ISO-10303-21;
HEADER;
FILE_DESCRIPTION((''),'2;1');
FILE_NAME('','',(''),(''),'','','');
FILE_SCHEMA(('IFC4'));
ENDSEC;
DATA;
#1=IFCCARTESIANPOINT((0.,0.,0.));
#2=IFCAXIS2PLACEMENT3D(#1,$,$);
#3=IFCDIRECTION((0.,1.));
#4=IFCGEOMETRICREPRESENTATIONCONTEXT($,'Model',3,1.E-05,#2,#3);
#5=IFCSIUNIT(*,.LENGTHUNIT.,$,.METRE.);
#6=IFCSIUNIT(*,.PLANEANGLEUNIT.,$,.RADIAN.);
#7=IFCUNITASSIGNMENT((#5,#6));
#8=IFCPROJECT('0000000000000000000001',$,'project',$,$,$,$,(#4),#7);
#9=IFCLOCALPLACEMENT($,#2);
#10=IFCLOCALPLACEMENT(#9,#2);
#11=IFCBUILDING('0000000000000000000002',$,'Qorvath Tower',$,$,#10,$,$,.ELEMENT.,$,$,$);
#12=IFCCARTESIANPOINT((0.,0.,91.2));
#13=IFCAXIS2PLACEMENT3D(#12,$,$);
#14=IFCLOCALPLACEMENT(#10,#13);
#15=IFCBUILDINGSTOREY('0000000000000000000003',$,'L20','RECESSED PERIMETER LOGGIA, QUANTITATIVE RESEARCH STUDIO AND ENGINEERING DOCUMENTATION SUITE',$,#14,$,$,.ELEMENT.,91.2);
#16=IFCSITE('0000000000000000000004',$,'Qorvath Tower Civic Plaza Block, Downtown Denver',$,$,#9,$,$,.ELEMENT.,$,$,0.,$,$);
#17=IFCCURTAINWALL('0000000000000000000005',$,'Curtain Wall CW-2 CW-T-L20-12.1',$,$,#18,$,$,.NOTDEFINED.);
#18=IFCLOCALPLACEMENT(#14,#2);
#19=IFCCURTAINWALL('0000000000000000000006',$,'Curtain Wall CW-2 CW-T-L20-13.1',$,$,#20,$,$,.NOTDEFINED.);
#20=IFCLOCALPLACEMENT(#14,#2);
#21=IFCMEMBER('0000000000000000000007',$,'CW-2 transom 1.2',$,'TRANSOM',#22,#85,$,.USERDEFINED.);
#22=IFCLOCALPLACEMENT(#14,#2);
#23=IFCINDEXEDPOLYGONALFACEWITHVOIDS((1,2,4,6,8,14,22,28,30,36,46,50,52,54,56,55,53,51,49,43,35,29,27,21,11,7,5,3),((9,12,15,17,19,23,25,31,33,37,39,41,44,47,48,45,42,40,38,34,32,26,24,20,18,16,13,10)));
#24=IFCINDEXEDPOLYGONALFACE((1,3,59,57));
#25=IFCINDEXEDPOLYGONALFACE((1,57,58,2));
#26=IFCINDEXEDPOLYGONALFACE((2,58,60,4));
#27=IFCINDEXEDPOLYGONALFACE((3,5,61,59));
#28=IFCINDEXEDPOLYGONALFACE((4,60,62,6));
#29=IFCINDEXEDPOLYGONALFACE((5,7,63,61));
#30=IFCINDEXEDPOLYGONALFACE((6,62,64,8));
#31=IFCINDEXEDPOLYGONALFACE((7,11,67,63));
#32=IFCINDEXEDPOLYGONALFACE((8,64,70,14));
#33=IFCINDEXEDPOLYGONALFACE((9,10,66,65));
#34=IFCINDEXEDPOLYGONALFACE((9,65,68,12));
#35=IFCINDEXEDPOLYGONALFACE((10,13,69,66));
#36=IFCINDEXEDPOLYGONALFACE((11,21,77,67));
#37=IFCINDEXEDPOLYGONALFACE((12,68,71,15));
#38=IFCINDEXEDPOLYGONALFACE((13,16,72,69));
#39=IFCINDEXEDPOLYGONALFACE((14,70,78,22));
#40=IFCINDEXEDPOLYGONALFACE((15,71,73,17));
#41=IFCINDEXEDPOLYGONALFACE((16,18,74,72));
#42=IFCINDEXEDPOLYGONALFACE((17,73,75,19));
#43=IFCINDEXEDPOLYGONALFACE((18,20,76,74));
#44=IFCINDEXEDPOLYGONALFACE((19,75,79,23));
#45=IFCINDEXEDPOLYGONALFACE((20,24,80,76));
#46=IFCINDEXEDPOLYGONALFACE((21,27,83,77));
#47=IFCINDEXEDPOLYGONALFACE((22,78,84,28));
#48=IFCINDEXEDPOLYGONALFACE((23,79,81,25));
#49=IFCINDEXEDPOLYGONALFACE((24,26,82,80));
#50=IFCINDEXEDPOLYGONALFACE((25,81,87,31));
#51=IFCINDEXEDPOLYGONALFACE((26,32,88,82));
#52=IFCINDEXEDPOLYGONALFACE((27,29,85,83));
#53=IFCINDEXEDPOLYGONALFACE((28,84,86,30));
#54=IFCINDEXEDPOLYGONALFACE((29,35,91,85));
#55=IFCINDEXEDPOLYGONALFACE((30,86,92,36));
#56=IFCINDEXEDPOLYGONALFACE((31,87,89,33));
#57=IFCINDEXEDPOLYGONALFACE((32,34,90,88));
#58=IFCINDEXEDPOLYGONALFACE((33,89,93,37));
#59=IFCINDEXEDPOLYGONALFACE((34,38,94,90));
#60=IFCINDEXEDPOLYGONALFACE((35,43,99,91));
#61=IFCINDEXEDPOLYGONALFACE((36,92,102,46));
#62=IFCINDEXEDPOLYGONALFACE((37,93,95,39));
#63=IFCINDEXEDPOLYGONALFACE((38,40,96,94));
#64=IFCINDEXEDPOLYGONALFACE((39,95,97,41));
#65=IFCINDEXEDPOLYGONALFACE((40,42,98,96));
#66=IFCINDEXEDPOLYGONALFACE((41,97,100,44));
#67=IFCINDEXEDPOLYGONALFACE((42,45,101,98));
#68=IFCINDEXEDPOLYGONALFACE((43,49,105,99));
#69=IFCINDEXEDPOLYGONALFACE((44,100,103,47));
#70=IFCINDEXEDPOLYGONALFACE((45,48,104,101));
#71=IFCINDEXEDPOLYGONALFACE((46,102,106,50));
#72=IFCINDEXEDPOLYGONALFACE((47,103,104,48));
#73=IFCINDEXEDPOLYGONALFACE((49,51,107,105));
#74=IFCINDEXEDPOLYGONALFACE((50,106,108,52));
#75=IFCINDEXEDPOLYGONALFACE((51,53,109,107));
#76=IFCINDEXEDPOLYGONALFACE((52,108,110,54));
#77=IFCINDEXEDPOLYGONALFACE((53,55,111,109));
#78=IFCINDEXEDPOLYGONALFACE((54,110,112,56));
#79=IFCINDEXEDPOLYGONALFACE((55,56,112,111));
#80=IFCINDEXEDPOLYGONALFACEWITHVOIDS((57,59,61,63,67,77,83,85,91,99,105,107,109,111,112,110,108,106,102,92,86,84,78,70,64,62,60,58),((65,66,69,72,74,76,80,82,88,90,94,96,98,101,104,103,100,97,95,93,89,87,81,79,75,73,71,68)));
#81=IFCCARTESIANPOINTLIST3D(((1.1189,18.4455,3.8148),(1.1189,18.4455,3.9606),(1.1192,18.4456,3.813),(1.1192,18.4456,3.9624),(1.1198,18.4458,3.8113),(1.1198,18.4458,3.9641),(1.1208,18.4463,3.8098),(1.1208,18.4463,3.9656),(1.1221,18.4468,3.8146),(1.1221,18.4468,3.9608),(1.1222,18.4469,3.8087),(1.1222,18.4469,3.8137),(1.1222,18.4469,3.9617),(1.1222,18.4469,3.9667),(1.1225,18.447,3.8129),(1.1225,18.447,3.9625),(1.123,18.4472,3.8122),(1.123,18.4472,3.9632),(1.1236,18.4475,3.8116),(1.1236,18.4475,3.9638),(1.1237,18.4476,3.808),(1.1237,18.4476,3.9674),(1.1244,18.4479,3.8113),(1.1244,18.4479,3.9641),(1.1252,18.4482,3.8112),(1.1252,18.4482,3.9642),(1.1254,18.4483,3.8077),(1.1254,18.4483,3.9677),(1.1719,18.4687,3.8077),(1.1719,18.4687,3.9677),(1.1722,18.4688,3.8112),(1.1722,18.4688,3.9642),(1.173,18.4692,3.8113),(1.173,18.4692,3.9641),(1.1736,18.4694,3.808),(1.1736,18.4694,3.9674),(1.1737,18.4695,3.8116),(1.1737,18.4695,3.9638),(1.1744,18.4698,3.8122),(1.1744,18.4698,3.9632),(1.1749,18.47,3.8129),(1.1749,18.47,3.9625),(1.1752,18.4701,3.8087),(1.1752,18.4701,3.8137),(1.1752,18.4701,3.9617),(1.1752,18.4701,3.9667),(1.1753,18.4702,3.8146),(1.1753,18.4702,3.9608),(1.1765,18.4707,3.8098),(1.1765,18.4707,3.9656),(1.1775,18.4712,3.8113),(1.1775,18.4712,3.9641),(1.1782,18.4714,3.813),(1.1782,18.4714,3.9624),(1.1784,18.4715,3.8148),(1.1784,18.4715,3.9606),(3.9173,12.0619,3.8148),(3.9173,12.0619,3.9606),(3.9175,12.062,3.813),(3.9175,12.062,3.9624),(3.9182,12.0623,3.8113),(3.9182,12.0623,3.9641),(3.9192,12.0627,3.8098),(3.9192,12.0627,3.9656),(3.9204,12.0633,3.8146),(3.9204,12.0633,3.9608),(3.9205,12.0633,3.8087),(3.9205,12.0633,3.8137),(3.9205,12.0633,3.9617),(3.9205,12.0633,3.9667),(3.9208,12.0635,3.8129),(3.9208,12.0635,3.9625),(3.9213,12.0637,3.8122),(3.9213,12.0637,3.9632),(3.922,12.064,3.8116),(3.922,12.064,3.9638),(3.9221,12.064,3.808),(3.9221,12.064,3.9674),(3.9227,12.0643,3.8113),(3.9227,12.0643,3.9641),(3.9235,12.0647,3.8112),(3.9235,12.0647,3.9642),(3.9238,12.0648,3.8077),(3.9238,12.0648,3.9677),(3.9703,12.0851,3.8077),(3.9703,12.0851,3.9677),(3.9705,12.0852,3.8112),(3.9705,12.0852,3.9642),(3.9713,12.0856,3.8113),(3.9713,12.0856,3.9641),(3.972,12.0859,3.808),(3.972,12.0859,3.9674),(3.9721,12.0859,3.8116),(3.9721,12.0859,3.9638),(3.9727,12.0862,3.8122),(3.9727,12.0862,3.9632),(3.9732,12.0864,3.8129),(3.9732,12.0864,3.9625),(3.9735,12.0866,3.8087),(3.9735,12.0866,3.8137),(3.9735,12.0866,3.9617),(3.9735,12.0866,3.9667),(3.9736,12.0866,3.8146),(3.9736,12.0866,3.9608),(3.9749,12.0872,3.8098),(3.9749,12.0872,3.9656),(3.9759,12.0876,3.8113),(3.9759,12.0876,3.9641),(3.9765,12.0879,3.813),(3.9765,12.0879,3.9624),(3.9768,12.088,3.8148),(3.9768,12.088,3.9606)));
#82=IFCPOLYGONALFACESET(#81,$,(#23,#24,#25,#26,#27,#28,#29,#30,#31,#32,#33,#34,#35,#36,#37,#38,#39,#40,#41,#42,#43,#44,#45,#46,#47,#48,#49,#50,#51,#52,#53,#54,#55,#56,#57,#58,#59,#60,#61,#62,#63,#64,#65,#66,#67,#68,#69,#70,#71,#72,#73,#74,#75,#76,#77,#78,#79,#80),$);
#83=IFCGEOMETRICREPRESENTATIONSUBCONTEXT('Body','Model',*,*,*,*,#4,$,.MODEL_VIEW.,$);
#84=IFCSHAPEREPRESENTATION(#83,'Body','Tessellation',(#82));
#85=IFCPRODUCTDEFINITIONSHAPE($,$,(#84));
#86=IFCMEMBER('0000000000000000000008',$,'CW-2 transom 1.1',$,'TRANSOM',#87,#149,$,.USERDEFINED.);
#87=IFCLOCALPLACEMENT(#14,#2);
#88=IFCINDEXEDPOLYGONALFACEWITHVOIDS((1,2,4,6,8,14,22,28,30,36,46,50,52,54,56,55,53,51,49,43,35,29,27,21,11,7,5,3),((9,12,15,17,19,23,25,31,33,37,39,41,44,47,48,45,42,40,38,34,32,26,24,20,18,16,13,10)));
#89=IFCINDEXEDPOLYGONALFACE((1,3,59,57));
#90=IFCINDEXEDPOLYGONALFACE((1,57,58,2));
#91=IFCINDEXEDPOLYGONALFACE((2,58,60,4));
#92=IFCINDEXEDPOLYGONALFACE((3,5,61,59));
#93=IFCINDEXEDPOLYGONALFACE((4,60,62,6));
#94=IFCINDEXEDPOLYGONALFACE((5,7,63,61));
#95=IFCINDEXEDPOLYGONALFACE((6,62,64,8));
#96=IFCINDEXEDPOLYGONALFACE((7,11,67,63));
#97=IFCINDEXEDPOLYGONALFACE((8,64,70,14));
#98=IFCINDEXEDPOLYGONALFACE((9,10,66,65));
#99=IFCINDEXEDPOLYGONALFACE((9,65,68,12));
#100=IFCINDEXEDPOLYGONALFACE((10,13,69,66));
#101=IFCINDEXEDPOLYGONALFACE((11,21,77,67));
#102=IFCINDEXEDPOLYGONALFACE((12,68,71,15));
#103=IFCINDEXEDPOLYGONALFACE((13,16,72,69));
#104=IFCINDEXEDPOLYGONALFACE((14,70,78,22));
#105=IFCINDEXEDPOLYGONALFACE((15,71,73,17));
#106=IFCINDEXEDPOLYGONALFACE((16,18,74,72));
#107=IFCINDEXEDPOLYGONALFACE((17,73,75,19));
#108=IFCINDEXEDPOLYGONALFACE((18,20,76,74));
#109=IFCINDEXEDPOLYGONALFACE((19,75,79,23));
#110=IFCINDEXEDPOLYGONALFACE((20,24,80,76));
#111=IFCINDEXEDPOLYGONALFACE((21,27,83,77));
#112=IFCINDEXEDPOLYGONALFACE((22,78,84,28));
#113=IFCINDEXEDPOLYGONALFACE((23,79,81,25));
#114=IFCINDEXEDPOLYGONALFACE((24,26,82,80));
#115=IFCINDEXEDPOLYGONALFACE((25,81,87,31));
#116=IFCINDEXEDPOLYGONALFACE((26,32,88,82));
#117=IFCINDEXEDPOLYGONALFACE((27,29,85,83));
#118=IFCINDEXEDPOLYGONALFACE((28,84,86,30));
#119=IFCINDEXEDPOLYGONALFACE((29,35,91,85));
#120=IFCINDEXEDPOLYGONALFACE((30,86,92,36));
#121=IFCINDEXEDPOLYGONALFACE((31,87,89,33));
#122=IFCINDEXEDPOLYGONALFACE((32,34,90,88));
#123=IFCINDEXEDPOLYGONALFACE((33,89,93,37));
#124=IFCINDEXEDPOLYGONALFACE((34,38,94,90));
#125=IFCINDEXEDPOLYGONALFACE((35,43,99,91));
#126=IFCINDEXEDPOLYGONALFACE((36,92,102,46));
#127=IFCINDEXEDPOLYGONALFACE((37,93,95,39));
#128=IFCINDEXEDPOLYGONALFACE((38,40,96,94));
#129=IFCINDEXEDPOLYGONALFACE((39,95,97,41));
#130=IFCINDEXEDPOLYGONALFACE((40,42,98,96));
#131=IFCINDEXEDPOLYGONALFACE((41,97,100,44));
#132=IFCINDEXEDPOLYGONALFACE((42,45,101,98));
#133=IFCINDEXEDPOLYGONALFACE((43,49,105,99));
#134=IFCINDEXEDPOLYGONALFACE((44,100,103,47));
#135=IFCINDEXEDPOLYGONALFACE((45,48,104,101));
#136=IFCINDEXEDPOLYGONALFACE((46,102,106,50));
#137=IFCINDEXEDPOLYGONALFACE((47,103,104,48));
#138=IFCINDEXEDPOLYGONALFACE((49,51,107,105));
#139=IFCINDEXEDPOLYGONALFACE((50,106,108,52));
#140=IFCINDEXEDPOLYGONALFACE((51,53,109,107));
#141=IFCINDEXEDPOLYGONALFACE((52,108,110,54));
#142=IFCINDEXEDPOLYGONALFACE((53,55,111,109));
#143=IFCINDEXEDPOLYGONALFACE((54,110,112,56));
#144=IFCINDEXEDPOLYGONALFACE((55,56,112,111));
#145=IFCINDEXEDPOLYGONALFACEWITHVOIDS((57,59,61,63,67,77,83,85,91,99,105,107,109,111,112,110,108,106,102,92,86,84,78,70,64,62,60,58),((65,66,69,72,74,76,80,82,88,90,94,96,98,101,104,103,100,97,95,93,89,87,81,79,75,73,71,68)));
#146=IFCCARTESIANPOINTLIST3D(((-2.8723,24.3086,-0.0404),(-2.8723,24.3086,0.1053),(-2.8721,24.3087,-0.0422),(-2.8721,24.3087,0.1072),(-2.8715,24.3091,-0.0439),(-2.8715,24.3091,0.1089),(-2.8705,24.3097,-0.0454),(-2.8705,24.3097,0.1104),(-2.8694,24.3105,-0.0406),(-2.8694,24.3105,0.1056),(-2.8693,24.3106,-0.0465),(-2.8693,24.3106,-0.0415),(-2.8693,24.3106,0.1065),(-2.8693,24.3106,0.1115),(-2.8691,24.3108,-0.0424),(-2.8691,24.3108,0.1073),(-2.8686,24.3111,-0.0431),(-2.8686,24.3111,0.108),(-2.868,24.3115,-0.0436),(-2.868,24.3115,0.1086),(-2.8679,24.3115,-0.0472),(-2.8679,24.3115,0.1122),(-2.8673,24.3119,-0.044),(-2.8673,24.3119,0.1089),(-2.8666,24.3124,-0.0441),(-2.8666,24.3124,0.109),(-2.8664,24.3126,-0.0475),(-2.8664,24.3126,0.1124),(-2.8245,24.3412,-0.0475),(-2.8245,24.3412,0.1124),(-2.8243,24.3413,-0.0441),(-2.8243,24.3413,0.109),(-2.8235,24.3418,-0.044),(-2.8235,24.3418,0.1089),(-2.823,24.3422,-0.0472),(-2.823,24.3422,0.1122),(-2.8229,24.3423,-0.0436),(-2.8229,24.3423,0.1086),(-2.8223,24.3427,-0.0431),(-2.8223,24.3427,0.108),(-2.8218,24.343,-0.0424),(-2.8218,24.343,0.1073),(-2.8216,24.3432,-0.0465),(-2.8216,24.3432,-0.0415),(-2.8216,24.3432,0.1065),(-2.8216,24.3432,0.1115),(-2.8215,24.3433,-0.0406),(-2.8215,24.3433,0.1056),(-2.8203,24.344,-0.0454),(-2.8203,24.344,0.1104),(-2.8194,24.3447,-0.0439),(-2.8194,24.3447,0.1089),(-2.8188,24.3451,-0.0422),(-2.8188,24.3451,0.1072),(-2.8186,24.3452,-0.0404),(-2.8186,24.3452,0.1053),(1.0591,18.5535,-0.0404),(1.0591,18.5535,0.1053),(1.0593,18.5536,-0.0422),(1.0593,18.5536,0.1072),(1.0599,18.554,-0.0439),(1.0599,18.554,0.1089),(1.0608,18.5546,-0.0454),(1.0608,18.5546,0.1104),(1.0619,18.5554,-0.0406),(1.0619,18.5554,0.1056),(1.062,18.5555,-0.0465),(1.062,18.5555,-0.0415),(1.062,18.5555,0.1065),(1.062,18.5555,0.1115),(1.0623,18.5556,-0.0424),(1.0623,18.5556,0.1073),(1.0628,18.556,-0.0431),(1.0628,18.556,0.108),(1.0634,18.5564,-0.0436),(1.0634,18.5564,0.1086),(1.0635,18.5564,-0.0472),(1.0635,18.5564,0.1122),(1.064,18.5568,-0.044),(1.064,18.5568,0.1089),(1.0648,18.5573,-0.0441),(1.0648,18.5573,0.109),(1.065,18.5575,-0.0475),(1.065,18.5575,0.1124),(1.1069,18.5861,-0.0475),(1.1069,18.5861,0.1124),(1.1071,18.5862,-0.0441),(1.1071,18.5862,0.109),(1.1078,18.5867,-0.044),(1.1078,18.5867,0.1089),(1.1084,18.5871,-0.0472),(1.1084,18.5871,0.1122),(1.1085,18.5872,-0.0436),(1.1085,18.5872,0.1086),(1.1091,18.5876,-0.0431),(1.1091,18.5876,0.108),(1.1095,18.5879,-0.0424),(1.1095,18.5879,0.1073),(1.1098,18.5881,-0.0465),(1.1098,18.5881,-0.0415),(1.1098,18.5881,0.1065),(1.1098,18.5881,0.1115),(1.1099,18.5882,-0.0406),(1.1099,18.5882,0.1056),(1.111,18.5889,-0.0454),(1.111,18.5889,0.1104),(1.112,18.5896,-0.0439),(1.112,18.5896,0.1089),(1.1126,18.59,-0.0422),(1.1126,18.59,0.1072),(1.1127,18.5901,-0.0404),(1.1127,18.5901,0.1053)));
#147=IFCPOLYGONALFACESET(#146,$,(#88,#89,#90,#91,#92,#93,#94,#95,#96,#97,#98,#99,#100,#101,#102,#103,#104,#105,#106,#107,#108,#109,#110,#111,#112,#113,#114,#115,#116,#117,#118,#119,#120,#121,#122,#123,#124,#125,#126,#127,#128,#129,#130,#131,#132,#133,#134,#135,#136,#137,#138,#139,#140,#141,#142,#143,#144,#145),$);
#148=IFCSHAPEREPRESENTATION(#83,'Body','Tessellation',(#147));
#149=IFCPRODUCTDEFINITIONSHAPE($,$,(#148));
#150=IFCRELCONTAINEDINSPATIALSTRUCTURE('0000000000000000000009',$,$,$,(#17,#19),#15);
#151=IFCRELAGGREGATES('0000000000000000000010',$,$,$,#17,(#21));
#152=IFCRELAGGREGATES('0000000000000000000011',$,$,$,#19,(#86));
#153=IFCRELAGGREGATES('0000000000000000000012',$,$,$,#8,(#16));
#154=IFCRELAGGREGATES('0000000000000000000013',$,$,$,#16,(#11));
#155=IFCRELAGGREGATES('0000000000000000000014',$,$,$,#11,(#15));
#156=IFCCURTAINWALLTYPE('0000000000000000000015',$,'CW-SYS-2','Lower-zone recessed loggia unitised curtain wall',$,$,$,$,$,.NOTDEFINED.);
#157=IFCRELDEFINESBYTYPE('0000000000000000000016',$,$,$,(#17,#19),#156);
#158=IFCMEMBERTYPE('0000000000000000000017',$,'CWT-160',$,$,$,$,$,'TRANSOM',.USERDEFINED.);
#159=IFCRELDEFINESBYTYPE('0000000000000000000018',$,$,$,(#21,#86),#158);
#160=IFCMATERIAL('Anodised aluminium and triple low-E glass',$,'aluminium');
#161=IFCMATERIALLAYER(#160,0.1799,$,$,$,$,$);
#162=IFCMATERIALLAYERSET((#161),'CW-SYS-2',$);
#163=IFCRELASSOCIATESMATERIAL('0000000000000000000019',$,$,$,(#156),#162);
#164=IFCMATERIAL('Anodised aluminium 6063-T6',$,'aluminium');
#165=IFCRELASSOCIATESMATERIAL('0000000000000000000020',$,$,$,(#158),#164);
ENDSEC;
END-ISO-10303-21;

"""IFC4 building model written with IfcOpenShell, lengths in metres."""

from ifc_helpers import new_model, si_unit, direction, frame, origin, origin_2d, place, context, subcontext, project, spatial, hollow_rectangle, extrude, material, layer, layer_set, material_profile, profile_set, type_object, element, aggregate, save


model = new_model("IFC4")

# Units and contexts
model_context = context("Model", 3, precision=1e-05, world=origin(), true_north=direction((0.0, 1.0)))
body_context = subcontext(model_context, "Body", "Model", "MODEL_VIEW")
ifc_project = project(units=[si_unit("LENGTHUNIT", "METRE"), si_unit("PLANEANGLEUNIT", "RADIAN")], contexts=[model_context])

# Site, building, storey
site_placement = place(None, origin())
site = spatial("IfcSite", under=ifc_project, at=site_placement, Name="Qorvath Tower Civic Plaza Block, Downtown Denver", CompositionType="ELEMENT", RefElevation=0.0)
building_placement = place(site_placement, origin())
building = spatial("IfcBuilding", under=site, at=building_placement, Name="Qorvath Tower", CompositionType="ELEMENT")
storey_placement = place(building_placement, frame((0.0, 0.0, 91.2)))
storey = spatial("IfcBuildingStorey", under=building, at=storey_placement, Name="L20", Description="RECESSED PERIMETER LOGGIA, QUANTITATIVE RESEARCH STUDIO AND ENGINEERING DOCUMENTATION SUITE", CompositionType="ELEMENT", Elevation=91.2)

# Shared definitions
ifc_material_1 = material(Name="Anodised aluminium and triple low-E glass", Category="aluminium")
ifc_layer_1 = layer(ifc_material_1, 0.1799)
ifc_layer_set_1 = layer_set([ifc_layer_1], Name="CW-SYS-2")
curtain_wall_type = type_object("IfcCurtainWallType", Name="CW-SYS-2", Description="Lower-zone recessed loggia unitised curtain wall", PredefinedType="NOTDEFINED", material=ifc_layer_set_1)

# Curtain wall
curtain_wall_1_placement = place(storey_placement, origin())
curtain_wall_1 = element("IfcCurtainWall", 1, at=curtain_wall_1_placement, inside=storey, type_object=curtain_wall_type, Name="Curtain Wall CW-2 CW-T-L20-12.1", PredefinedType="NOTDEFINED")

# Curtain wall
curtain_wall_2_placement = place(storey_placement, origin())
curtain_wall_2 = element("IfcCurtainWall", 2, at=curtain_wall_2_placement, inside=storey, type_object=curtain_wall_type, Name="Curtain Wall CW-2 CW-T-L20-13.1", PredefinedType="NOTDEFINED")

# Members
ifc_material_2 = material(Name="Anodised aluminium 6063-T6", Category="aluminium")
ifc_material_profile_1 = material_profile(ifc_material_2, hollow_rectangle(XDim=0.0649, YDim=0.1599, WallThickness=0.0034, InnerFilletRadius=0.0034, OuterFilletRadius=0.0071, at=origin_2d()), Name="CWT 160x65")
ifc_profile_set_1 = profile_set([ifc_material_profile_1], Name="Anodised aluminium 6063-T6")
member_type_1 = type_object("IfcMemberType", Name="CWT-160", ElementType="TRANSOM", PredefinedType="USERDEFINED", material=ifc_profile_set_1)
member_1_placement = place(storey_placement, frame((3.947, 12.075, 3.8877), z_axis=(-0.401486, 0.915865, 0.0), x_axis=(-0.915865, -0.401486, 0.0)))
member_1 = element("IfcMember", 3, at=member_1_placement, type_object=member_type_1, Name="CW-2 transom 1.2", ObjectType="TRANSOM", PredefinedType="USERDEFINED", context=body_context, shape_type="SweptSolid", body=[
    extrude(hollow_rectangle(XDim=0.0649, YDim=0.1599, WallThickness=0.0034, InnerFilletRadius=0.0034, OuterFilletRadius=0.0071, at=origin_2d()), origin(), (0.0, 0.0, 1.0), 6.97),
])
member_2_placement = place(storey_placement, frame((1.0859, 18.5718, 0.0325), z_axis=(-0.564066, 0.82573, 0.0), x_axis=(-0.82573, -0.564066, 0.0)))
member_2 = element("IfcMember", 4, at=member_2_placement, type_object=member_type_1, Name="CW-2 transom 1.1", ObjectType="TRANSOM", PredefinedType="USERDEFINED", context=body_context, shape_type="SweptSolid", body=[
    extrude(hollow_rectangle(XDim=0.0649, YDim=0.1599, WallThickness=0.0034, InnerFilletRadius=0.0034, OuterFilletRadius=0.0071, at=origin_2d()), origin(), (0.0, 0.0, 1.0), 6.9697),
])

aggregate(curtain_wall_1, [member_1])
aggregate(curtain_wall_2, [member_2])

save(model, "model.ifc")
